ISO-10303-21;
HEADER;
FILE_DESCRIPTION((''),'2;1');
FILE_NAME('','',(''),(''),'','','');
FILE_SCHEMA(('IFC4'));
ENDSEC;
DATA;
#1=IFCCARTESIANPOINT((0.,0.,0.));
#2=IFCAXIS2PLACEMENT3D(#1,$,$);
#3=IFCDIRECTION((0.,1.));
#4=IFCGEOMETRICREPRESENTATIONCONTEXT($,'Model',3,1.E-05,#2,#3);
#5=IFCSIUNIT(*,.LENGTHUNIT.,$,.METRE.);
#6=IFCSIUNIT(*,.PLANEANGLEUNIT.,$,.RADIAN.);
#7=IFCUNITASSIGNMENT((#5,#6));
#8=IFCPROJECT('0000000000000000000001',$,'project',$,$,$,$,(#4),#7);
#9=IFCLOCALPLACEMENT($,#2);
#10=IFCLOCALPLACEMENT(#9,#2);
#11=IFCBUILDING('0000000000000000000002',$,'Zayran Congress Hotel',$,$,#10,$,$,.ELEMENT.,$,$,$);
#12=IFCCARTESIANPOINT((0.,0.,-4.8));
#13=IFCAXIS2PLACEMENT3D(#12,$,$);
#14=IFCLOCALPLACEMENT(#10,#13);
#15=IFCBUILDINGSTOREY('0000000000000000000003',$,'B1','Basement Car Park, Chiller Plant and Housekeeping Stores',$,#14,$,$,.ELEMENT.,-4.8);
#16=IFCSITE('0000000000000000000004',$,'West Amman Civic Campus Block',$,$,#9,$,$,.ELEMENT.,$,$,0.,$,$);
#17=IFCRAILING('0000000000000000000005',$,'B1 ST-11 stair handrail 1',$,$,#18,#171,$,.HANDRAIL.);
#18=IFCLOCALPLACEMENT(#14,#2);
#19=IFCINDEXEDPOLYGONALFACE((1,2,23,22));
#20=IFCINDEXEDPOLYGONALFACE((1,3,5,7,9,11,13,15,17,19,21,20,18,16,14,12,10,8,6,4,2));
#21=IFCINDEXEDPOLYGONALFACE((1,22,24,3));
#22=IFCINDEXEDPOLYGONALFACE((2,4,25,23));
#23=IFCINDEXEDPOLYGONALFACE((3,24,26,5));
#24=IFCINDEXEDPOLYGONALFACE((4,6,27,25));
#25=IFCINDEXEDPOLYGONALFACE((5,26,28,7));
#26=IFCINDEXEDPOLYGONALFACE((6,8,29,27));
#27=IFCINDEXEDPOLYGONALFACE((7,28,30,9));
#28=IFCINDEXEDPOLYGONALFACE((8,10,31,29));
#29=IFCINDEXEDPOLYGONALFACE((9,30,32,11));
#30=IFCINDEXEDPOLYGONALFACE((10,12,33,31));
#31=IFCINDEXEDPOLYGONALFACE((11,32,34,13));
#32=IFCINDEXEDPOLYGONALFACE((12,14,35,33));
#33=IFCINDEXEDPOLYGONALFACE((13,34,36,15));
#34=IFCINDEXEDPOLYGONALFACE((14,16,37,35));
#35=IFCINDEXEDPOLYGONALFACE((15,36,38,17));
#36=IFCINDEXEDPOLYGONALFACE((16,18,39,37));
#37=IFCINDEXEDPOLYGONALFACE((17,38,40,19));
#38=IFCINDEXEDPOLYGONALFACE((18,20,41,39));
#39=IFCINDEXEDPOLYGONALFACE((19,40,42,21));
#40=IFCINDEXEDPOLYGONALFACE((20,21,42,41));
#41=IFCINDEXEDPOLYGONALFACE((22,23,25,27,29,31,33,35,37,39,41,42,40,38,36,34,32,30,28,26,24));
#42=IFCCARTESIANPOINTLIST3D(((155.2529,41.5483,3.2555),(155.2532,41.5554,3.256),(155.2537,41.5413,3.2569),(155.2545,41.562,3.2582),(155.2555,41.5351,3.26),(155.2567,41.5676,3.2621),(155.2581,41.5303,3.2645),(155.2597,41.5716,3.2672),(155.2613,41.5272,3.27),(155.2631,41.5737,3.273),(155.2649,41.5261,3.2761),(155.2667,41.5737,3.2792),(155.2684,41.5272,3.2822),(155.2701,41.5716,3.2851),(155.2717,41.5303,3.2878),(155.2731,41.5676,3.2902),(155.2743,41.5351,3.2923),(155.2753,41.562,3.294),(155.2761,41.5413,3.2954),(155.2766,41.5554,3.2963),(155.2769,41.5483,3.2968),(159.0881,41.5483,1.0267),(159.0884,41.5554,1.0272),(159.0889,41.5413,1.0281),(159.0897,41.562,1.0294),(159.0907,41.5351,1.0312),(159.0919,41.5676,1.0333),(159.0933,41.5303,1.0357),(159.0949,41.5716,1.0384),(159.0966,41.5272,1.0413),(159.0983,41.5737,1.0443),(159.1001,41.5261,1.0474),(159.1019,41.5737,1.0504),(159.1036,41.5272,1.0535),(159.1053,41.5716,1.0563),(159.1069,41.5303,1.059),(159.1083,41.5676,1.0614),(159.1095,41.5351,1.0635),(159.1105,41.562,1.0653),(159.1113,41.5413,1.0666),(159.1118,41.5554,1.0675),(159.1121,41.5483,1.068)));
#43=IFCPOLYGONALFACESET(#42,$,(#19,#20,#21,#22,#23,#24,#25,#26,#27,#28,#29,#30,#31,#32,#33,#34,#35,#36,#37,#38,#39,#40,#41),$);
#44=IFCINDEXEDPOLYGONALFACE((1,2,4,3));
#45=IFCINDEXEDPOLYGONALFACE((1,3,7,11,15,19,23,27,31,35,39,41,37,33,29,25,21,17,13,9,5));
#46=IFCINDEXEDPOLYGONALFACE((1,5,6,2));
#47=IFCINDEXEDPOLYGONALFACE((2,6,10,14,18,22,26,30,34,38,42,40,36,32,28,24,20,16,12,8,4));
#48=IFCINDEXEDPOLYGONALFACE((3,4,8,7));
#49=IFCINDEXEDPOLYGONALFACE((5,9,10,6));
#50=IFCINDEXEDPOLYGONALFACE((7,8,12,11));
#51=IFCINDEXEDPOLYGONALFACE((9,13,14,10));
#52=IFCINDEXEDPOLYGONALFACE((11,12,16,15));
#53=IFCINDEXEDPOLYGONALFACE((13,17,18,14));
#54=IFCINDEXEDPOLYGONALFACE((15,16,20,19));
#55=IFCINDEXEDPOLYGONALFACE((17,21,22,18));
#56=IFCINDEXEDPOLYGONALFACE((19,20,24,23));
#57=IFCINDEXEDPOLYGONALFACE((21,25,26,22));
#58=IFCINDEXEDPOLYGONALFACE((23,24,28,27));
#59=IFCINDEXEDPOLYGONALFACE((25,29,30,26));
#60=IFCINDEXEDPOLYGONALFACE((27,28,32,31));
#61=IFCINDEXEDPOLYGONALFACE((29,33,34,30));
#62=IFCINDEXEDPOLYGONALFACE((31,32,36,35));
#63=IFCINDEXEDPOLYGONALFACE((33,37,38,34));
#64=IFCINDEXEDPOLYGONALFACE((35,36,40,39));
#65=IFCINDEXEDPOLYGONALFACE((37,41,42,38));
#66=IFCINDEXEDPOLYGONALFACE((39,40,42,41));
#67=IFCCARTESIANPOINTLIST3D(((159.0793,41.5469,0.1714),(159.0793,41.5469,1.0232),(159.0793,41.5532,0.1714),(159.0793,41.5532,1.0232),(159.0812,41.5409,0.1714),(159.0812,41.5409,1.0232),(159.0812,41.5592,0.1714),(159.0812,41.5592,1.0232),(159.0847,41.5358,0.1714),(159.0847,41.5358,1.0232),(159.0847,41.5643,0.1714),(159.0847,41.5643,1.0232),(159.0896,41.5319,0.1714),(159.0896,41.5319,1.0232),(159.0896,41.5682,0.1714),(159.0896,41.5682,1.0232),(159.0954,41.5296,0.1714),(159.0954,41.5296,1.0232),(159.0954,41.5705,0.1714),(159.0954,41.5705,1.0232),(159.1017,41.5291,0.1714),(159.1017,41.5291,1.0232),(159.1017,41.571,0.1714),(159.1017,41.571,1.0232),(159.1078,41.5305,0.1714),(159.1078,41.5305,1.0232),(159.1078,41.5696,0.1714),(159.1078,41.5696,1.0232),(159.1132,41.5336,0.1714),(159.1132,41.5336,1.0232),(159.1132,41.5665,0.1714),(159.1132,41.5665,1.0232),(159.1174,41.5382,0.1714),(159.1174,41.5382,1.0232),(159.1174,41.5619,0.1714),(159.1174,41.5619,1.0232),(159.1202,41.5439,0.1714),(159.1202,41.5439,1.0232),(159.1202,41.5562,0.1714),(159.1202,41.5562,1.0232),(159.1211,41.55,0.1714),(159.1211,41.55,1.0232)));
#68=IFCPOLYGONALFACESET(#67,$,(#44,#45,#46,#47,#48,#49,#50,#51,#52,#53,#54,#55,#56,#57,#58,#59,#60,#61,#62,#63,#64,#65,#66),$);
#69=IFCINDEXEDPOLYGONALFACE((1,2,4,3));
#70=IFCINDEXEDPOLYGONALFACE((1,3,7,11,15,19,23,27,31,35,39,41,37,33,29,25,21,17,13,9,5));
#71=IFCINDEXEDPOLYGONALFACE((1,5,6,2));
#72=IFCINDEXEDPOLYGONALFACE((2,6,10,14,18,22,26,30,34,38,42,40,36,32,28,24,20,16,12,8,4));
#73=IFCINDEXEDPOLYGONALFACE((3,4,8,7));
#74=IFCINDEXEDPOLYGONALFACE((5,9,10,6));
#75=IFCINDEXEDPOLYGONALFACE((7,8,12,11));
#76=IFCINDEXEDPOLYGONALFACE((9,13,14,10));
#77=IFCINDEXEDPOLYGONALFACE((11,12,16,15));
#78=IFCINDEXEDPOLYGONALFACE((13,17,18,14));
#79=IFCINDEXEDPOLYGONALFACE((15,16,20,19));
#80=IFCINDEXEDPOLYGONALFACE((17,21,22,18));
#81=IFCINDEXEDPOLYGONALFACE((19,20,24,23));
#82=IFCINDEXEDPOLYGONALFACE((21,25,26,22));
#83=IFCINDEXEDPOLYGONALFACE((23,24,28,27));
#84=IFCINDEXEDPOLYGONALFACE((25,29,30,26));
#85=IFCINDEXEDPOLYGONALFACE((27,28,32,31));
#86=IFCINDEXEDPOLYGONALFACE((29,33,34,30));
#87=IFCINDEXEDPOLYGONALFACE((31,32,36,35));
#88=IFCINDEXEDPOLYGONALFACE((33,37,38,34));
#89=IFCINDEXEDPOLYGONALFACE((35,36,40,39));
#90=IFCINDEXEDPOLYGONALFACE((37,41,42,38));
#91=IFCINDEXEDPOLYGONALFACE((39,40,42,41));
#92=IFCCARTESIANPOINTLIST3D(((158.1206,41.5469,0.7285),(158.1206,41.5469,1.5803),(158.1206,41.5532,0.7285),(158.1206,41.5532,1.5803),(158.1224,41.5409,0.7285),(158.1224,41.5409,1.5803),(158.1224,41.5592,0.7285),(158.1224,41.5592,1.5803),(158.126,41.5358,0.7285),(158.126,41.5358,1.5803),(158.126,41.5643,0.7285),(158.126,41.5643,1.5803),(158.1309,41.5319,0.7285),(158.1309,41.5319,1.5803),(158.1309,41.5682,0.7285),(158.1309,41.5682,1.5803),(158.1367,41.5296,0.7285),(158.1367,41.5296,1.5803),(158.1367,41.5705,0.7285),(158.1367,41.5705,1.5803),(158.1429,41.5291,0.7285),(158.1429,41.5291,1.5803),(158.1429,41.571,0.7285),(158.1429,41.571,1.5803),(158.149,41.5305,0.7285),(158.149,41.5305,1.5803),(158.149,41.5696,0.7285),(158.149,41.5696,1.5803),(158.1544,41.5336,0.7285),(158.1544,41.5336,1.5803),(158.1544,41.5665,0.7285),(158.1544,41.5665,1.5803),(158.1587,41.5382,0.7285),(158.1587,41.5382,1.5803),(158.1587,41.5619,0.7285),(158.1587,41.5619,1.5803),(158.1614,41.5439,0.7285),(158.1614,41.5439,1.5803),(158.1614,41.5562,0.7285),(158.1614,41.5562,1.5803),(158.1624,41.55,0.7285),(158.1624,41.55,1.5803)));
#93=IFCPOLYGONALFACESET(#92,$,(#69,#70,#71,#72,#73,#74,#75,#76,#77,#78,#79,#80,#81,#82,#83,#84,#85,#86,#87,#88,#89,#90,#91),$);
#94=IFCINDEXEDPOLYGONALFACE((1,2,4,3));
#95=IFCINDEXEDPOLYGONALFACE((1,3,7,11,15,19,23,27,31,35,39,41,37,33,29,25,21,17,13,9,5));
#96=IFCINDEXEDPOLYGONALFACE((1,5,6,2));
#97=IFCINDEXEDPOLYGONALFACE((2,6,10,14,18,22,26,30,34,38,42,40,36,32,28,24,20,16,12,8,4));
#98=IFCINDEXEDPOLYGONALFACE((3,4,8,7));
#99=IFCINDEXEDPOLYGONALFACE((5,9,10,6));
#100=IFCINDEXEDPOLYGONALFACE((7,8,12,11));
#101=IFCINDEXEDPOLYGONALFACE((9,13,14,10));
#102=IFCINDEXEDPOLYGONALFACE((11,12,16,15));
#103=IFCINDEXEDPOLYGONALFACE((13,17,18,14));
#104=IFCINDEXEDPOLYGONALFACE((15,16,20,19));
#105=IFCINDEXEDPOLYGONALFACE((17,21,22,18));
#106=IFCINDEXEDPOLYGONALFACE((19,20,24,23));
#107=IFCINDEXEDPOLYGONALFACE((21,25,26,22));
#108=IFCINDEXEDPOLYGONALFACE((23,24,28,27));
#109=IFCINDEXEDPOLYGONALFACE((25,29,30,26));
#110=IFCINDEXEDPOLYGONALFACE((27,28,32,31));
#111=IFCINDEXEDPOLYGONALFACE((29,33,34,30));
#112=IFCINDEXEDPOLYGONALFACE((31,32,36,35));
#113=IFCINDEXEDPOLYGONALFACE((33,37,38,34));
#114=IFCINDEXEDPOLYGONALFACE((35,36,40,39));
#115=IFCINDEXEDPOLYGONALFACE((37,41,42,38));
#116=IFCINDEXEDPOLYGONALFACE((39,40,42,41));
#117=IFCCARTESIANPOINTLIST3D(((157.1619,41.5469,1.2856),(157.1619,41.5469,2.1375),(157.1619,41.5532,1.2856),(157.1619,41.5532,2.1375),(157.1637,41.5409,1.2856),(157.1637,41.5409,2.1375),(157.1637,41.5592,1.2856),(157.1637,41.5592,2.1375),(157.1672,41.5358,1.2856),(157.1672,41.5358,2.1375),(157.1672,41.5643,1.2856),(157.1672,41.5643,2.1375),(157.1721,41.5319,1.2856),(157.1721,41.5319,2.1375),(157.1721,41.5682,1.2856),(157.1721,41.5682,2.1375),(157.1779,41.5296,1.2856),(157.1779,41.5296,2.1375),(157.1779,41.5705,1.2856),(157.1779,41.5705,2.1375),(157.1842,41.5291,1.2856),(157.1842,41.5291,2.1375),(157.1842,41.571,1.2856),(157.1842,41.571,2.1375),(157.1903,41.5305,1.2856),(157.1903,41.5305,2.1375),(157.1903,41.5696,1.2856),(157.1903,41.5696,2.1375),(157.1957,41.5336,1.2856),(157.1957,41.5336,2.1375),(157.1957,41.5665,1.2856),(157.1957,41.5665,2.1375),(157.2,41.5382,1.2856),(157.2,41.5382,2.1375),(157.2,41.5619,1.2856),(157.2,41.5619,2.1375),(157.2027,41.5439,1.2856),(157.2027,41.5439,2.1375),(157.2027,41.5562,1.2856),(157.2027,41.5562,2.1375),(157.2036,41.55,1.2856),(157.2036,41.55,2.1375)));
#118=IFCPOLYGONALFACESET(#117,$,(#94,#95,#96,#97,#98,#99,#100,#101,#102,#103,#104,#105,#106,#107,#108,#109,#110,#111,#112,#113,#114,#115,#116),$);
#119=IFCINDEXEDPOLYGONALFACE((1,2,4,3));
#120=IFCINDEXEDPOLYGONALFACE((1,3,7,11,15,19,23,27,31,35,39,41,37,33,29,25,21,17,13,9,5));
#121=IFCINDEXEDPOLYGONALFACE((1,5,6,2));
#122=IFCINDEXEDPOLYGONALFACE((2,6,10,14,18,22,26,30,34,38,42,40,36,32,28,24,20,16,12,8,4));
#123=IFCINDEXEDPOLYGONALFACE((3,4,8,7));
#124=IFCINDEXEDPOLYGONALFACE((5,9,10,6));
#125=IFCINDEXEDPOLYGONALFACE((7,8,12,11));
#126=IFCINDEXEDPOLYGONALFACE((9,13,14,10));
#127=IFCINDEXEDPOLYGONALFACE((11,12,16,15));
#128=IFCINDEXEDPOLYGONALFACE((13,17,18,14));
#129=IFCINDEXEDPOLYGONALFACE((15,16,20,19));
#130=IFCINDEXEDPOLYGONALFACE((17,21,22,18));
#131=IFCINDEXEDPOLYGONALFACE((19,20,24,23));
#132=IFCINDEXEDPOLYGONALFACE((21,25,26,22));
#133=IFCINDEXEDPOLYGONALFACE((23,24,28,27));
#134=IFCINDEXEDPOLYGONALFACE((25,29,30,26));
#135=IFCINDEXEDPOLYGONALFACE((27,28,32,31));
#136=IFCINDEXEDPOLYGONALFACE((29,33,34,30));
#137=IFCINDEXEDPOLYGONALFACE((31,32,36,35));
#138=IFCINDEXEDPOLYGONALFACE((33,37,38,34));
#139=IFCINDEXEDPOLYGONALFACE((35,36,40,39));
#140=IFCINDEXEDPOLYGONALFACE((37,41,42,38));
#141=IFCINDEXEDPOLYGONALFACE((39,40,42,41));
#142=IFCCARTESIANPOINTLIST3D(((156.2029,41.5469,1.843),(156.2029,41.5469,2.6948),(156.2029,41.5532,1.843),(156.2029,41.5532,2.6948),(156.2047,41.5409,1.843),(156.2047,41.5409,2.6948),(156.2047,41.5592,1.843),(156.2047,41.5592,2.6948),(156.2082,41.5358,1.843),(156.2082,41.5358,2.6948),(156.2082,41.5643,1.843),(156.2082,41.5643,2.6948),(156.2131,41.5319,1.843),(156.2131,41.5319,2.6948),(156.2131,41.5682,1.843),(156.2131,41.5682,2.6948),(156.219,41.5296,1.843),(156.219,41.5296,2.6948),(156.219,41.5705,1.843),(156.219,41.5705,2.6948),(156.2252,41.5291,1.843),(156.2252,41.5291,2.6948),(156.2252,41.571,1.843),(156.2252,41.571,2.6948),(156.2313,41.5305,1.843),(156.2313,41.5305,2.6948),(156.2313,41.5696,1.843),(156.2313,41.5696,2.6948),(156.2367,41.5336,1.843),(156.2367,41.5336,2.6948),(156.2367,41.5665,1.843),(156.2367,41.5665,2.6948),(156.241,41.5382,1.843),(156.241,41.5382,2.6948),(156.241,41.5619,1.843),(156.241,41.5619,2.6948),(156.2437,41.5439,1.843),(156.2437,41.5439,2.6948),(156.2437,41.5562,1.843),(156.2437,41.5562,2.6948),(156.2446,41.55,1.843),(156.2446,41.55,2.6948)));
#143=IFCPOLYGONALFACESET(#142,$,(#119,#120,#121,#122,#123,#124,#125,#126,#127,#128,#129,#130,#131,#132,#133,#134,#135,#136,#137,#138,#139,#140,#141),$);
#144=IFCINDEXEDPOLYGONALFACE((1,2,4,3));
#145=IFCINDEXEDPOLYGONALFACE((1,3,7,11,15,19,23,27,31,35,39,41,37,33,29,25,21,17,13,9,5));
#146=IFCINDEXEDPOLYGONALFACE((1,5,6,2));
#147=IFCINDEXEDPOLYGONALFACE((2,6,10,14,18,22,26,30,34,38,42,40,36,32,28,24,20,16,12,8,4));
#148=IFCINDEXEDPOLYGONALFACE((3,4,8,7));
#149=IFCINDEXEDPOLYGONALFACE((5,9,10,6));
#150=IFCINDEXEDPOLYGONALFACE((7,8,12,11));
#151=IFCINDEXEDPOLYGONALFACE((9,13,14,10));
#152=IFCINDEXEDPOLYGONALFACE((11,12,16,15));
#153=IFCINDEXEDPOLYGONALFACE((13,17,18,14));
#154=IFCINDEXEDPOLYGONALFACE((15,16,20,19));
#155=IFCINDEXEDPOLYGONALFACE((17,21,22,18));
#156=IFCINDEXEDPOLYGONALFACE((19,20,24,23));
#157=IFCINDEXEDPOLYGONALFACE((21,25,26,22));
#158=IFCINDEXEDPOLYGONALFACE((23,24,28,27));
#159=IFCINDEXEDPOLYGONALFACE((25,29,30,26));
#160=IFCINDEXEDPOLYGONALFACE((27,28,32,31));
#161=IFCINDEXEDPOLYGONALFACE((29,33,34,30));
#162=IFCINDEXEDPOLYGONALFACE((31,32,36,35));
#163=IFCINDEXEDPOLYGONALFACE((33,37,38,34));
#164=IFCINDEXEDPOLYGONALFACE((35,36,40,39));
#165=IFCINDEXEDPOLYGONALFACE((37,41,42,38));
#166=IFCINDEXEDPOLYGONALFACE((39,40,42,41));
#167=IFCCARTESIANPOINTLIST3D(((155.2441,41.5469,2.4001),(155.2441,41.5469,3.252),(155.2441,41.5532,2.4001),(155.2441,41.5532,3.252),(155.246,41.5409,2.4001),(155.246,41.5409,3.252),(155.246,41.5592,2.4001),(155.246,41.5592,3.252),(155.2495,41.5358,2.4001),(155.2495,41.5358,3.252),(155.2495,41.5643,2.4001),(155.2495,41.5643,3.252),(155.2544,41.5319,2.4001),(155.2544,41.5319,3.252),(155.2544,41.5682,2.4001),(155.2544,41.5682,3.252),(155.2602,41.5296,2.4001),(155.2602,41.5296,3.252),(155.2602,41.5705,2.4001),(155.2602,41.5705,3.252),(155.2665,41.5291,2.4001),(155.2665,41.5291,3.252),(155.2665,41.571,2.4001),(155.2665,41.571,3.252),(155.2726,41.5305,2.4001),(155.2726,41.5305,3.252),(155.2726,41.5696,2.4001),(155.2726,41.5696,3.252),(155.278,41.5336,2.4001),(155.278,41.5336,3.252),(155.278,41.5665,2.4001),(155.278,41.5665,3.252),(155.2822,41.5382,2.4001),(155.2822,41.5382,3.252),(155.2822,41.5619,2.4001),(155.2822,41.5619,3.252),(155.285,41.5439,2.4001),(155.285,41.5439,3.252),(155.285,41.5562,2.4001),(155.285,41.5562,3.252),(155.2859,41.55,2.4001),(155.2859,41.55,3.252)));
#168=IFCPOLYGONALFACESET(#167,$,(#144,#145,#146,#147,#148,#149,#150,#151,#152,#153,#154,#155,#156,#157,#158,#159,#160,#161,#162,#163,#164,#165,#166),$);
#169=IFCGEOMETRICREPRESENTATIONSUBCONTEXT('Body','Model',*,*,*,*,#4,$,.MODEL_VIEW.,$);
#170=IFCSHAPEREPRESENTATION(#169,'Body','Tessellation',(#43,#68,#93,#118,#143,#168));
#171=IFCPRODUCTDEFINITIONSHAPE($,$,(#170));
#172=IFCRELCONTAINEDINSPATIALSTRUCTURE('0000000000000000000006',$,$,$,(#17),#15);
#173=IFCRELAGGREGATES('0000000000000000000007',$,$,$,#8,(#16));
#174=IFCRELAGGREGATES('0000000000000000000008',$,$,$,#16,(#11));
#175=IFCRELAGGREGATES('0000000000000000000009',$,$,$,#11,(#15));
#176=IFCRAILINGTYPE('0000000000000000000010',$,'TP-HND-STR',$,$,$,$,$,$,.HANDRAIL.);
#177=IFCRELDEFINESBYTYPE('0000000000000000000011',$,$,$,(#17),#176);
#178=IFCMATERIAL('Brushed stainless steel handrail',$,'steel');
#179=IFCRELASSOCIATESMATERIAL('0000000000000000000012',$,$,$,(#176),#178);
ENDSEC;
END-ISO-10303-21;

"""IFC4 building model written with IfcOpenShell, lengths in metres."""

from ifc_helpers import new_model, si_unit, direction, frame, origin, origin_2d, place, context, subcontext, project, spatial, circle, extrude, material, type_object, element, save


model = new_model("IFC4")

# Units and contexts
model_context = context("Model", 3, precision=1e-05, world=origin(), true_north=direction((0.0, 1.0)))
body_context = subcontext(model_context, "Body", "Model", "MODEL_VIEW")
ifc_project = project(units=[si_unit("LENGTHUNIT", "METRE"), si_unit("PLANEANGLEUNIT", "RADIAN")], contexts=[model_context])

# Site, building, storey
site_placement = place(None, origin())
site = spatial("IfcSite", under=ifc_project, at=site_placement, Name="West Amman Civic Campus Block", CompositionType="ELEMENT", RefElevation=0.0)
building_placement = place(site_placement, origin())
building = spatial("IfcBuilding", under=site, at=building_placement, Name="Zayran Congress Hotel", CompositionType="ELEMENT")
storey_placement = place(building_placement, frame((0.0, 0.0, -4.8)))
storey = spatial("IfcBuildingStorey", under=building, at=storey_placement, Name="B1", Description="Basement Car Park, Chiller Plant and Housekeeping Stores", CompositionType="ELEMENT", Elevation=-4.8)

# Railing
ifc_material_1 = material(Name="Brushed stainless steel handrail", Category="steel")
railing_type_1 = type_object("IfcRailingType", Name="TP-HND-STR", PredefinedType="HANDRAIL", material=ifc_material_1)
railing_1_placement = place(storey_placement, frame((159.1001, 41.55, 0.1714)))
element("IfcRailing", 1, at=railing_1_placement, inside=storey, type_object=railing_type_1, Name="B1 ST-11 stair handrail 1", PredefinedType="HANDRAIL", context=body_context, shape_type="SweptSolid", body=[
    extrude(circle(Radius=0.0239, at=origin_2d()), frame((0.0, 0.0, 0.876), z_axis=(-0.864606, 0.0, 0.50245), x_axis=(0.0, -1.0, 0.0)), (0.0, 0.0, 1.0), 4.4358),
    extrude(circle(Radius=0.021, at=origin_2d()), origin(), (0.0, 0.0, 1.0), 0.8518),
    extrude(circle(Radius=0.021, at=origin_2d()), frame((-0.9587, 0.0, 0.5571)), (0.0, 0.0, 1.0), 0.8518),
    extrude(circle(Radius=0.021, at=origin_2d()), frame((-1.9175, 0.0, 1.1143)), (0.0, 0.0, 1.0), 0.8518),
    extrude(circle(Radius=0.021, at=origin_2d()), frame((-2.8765, 0.0, 1.6716)), (0.0, 0.0, 1.0), 0.8518),
    extrude(circle(Radius=0.021, at=origin_2d()), frame((-3.8352, 0.0, 2.2288)), (0.0, 0.0, 1.0), 0.8518),
])

save(model, "model.ifc")
